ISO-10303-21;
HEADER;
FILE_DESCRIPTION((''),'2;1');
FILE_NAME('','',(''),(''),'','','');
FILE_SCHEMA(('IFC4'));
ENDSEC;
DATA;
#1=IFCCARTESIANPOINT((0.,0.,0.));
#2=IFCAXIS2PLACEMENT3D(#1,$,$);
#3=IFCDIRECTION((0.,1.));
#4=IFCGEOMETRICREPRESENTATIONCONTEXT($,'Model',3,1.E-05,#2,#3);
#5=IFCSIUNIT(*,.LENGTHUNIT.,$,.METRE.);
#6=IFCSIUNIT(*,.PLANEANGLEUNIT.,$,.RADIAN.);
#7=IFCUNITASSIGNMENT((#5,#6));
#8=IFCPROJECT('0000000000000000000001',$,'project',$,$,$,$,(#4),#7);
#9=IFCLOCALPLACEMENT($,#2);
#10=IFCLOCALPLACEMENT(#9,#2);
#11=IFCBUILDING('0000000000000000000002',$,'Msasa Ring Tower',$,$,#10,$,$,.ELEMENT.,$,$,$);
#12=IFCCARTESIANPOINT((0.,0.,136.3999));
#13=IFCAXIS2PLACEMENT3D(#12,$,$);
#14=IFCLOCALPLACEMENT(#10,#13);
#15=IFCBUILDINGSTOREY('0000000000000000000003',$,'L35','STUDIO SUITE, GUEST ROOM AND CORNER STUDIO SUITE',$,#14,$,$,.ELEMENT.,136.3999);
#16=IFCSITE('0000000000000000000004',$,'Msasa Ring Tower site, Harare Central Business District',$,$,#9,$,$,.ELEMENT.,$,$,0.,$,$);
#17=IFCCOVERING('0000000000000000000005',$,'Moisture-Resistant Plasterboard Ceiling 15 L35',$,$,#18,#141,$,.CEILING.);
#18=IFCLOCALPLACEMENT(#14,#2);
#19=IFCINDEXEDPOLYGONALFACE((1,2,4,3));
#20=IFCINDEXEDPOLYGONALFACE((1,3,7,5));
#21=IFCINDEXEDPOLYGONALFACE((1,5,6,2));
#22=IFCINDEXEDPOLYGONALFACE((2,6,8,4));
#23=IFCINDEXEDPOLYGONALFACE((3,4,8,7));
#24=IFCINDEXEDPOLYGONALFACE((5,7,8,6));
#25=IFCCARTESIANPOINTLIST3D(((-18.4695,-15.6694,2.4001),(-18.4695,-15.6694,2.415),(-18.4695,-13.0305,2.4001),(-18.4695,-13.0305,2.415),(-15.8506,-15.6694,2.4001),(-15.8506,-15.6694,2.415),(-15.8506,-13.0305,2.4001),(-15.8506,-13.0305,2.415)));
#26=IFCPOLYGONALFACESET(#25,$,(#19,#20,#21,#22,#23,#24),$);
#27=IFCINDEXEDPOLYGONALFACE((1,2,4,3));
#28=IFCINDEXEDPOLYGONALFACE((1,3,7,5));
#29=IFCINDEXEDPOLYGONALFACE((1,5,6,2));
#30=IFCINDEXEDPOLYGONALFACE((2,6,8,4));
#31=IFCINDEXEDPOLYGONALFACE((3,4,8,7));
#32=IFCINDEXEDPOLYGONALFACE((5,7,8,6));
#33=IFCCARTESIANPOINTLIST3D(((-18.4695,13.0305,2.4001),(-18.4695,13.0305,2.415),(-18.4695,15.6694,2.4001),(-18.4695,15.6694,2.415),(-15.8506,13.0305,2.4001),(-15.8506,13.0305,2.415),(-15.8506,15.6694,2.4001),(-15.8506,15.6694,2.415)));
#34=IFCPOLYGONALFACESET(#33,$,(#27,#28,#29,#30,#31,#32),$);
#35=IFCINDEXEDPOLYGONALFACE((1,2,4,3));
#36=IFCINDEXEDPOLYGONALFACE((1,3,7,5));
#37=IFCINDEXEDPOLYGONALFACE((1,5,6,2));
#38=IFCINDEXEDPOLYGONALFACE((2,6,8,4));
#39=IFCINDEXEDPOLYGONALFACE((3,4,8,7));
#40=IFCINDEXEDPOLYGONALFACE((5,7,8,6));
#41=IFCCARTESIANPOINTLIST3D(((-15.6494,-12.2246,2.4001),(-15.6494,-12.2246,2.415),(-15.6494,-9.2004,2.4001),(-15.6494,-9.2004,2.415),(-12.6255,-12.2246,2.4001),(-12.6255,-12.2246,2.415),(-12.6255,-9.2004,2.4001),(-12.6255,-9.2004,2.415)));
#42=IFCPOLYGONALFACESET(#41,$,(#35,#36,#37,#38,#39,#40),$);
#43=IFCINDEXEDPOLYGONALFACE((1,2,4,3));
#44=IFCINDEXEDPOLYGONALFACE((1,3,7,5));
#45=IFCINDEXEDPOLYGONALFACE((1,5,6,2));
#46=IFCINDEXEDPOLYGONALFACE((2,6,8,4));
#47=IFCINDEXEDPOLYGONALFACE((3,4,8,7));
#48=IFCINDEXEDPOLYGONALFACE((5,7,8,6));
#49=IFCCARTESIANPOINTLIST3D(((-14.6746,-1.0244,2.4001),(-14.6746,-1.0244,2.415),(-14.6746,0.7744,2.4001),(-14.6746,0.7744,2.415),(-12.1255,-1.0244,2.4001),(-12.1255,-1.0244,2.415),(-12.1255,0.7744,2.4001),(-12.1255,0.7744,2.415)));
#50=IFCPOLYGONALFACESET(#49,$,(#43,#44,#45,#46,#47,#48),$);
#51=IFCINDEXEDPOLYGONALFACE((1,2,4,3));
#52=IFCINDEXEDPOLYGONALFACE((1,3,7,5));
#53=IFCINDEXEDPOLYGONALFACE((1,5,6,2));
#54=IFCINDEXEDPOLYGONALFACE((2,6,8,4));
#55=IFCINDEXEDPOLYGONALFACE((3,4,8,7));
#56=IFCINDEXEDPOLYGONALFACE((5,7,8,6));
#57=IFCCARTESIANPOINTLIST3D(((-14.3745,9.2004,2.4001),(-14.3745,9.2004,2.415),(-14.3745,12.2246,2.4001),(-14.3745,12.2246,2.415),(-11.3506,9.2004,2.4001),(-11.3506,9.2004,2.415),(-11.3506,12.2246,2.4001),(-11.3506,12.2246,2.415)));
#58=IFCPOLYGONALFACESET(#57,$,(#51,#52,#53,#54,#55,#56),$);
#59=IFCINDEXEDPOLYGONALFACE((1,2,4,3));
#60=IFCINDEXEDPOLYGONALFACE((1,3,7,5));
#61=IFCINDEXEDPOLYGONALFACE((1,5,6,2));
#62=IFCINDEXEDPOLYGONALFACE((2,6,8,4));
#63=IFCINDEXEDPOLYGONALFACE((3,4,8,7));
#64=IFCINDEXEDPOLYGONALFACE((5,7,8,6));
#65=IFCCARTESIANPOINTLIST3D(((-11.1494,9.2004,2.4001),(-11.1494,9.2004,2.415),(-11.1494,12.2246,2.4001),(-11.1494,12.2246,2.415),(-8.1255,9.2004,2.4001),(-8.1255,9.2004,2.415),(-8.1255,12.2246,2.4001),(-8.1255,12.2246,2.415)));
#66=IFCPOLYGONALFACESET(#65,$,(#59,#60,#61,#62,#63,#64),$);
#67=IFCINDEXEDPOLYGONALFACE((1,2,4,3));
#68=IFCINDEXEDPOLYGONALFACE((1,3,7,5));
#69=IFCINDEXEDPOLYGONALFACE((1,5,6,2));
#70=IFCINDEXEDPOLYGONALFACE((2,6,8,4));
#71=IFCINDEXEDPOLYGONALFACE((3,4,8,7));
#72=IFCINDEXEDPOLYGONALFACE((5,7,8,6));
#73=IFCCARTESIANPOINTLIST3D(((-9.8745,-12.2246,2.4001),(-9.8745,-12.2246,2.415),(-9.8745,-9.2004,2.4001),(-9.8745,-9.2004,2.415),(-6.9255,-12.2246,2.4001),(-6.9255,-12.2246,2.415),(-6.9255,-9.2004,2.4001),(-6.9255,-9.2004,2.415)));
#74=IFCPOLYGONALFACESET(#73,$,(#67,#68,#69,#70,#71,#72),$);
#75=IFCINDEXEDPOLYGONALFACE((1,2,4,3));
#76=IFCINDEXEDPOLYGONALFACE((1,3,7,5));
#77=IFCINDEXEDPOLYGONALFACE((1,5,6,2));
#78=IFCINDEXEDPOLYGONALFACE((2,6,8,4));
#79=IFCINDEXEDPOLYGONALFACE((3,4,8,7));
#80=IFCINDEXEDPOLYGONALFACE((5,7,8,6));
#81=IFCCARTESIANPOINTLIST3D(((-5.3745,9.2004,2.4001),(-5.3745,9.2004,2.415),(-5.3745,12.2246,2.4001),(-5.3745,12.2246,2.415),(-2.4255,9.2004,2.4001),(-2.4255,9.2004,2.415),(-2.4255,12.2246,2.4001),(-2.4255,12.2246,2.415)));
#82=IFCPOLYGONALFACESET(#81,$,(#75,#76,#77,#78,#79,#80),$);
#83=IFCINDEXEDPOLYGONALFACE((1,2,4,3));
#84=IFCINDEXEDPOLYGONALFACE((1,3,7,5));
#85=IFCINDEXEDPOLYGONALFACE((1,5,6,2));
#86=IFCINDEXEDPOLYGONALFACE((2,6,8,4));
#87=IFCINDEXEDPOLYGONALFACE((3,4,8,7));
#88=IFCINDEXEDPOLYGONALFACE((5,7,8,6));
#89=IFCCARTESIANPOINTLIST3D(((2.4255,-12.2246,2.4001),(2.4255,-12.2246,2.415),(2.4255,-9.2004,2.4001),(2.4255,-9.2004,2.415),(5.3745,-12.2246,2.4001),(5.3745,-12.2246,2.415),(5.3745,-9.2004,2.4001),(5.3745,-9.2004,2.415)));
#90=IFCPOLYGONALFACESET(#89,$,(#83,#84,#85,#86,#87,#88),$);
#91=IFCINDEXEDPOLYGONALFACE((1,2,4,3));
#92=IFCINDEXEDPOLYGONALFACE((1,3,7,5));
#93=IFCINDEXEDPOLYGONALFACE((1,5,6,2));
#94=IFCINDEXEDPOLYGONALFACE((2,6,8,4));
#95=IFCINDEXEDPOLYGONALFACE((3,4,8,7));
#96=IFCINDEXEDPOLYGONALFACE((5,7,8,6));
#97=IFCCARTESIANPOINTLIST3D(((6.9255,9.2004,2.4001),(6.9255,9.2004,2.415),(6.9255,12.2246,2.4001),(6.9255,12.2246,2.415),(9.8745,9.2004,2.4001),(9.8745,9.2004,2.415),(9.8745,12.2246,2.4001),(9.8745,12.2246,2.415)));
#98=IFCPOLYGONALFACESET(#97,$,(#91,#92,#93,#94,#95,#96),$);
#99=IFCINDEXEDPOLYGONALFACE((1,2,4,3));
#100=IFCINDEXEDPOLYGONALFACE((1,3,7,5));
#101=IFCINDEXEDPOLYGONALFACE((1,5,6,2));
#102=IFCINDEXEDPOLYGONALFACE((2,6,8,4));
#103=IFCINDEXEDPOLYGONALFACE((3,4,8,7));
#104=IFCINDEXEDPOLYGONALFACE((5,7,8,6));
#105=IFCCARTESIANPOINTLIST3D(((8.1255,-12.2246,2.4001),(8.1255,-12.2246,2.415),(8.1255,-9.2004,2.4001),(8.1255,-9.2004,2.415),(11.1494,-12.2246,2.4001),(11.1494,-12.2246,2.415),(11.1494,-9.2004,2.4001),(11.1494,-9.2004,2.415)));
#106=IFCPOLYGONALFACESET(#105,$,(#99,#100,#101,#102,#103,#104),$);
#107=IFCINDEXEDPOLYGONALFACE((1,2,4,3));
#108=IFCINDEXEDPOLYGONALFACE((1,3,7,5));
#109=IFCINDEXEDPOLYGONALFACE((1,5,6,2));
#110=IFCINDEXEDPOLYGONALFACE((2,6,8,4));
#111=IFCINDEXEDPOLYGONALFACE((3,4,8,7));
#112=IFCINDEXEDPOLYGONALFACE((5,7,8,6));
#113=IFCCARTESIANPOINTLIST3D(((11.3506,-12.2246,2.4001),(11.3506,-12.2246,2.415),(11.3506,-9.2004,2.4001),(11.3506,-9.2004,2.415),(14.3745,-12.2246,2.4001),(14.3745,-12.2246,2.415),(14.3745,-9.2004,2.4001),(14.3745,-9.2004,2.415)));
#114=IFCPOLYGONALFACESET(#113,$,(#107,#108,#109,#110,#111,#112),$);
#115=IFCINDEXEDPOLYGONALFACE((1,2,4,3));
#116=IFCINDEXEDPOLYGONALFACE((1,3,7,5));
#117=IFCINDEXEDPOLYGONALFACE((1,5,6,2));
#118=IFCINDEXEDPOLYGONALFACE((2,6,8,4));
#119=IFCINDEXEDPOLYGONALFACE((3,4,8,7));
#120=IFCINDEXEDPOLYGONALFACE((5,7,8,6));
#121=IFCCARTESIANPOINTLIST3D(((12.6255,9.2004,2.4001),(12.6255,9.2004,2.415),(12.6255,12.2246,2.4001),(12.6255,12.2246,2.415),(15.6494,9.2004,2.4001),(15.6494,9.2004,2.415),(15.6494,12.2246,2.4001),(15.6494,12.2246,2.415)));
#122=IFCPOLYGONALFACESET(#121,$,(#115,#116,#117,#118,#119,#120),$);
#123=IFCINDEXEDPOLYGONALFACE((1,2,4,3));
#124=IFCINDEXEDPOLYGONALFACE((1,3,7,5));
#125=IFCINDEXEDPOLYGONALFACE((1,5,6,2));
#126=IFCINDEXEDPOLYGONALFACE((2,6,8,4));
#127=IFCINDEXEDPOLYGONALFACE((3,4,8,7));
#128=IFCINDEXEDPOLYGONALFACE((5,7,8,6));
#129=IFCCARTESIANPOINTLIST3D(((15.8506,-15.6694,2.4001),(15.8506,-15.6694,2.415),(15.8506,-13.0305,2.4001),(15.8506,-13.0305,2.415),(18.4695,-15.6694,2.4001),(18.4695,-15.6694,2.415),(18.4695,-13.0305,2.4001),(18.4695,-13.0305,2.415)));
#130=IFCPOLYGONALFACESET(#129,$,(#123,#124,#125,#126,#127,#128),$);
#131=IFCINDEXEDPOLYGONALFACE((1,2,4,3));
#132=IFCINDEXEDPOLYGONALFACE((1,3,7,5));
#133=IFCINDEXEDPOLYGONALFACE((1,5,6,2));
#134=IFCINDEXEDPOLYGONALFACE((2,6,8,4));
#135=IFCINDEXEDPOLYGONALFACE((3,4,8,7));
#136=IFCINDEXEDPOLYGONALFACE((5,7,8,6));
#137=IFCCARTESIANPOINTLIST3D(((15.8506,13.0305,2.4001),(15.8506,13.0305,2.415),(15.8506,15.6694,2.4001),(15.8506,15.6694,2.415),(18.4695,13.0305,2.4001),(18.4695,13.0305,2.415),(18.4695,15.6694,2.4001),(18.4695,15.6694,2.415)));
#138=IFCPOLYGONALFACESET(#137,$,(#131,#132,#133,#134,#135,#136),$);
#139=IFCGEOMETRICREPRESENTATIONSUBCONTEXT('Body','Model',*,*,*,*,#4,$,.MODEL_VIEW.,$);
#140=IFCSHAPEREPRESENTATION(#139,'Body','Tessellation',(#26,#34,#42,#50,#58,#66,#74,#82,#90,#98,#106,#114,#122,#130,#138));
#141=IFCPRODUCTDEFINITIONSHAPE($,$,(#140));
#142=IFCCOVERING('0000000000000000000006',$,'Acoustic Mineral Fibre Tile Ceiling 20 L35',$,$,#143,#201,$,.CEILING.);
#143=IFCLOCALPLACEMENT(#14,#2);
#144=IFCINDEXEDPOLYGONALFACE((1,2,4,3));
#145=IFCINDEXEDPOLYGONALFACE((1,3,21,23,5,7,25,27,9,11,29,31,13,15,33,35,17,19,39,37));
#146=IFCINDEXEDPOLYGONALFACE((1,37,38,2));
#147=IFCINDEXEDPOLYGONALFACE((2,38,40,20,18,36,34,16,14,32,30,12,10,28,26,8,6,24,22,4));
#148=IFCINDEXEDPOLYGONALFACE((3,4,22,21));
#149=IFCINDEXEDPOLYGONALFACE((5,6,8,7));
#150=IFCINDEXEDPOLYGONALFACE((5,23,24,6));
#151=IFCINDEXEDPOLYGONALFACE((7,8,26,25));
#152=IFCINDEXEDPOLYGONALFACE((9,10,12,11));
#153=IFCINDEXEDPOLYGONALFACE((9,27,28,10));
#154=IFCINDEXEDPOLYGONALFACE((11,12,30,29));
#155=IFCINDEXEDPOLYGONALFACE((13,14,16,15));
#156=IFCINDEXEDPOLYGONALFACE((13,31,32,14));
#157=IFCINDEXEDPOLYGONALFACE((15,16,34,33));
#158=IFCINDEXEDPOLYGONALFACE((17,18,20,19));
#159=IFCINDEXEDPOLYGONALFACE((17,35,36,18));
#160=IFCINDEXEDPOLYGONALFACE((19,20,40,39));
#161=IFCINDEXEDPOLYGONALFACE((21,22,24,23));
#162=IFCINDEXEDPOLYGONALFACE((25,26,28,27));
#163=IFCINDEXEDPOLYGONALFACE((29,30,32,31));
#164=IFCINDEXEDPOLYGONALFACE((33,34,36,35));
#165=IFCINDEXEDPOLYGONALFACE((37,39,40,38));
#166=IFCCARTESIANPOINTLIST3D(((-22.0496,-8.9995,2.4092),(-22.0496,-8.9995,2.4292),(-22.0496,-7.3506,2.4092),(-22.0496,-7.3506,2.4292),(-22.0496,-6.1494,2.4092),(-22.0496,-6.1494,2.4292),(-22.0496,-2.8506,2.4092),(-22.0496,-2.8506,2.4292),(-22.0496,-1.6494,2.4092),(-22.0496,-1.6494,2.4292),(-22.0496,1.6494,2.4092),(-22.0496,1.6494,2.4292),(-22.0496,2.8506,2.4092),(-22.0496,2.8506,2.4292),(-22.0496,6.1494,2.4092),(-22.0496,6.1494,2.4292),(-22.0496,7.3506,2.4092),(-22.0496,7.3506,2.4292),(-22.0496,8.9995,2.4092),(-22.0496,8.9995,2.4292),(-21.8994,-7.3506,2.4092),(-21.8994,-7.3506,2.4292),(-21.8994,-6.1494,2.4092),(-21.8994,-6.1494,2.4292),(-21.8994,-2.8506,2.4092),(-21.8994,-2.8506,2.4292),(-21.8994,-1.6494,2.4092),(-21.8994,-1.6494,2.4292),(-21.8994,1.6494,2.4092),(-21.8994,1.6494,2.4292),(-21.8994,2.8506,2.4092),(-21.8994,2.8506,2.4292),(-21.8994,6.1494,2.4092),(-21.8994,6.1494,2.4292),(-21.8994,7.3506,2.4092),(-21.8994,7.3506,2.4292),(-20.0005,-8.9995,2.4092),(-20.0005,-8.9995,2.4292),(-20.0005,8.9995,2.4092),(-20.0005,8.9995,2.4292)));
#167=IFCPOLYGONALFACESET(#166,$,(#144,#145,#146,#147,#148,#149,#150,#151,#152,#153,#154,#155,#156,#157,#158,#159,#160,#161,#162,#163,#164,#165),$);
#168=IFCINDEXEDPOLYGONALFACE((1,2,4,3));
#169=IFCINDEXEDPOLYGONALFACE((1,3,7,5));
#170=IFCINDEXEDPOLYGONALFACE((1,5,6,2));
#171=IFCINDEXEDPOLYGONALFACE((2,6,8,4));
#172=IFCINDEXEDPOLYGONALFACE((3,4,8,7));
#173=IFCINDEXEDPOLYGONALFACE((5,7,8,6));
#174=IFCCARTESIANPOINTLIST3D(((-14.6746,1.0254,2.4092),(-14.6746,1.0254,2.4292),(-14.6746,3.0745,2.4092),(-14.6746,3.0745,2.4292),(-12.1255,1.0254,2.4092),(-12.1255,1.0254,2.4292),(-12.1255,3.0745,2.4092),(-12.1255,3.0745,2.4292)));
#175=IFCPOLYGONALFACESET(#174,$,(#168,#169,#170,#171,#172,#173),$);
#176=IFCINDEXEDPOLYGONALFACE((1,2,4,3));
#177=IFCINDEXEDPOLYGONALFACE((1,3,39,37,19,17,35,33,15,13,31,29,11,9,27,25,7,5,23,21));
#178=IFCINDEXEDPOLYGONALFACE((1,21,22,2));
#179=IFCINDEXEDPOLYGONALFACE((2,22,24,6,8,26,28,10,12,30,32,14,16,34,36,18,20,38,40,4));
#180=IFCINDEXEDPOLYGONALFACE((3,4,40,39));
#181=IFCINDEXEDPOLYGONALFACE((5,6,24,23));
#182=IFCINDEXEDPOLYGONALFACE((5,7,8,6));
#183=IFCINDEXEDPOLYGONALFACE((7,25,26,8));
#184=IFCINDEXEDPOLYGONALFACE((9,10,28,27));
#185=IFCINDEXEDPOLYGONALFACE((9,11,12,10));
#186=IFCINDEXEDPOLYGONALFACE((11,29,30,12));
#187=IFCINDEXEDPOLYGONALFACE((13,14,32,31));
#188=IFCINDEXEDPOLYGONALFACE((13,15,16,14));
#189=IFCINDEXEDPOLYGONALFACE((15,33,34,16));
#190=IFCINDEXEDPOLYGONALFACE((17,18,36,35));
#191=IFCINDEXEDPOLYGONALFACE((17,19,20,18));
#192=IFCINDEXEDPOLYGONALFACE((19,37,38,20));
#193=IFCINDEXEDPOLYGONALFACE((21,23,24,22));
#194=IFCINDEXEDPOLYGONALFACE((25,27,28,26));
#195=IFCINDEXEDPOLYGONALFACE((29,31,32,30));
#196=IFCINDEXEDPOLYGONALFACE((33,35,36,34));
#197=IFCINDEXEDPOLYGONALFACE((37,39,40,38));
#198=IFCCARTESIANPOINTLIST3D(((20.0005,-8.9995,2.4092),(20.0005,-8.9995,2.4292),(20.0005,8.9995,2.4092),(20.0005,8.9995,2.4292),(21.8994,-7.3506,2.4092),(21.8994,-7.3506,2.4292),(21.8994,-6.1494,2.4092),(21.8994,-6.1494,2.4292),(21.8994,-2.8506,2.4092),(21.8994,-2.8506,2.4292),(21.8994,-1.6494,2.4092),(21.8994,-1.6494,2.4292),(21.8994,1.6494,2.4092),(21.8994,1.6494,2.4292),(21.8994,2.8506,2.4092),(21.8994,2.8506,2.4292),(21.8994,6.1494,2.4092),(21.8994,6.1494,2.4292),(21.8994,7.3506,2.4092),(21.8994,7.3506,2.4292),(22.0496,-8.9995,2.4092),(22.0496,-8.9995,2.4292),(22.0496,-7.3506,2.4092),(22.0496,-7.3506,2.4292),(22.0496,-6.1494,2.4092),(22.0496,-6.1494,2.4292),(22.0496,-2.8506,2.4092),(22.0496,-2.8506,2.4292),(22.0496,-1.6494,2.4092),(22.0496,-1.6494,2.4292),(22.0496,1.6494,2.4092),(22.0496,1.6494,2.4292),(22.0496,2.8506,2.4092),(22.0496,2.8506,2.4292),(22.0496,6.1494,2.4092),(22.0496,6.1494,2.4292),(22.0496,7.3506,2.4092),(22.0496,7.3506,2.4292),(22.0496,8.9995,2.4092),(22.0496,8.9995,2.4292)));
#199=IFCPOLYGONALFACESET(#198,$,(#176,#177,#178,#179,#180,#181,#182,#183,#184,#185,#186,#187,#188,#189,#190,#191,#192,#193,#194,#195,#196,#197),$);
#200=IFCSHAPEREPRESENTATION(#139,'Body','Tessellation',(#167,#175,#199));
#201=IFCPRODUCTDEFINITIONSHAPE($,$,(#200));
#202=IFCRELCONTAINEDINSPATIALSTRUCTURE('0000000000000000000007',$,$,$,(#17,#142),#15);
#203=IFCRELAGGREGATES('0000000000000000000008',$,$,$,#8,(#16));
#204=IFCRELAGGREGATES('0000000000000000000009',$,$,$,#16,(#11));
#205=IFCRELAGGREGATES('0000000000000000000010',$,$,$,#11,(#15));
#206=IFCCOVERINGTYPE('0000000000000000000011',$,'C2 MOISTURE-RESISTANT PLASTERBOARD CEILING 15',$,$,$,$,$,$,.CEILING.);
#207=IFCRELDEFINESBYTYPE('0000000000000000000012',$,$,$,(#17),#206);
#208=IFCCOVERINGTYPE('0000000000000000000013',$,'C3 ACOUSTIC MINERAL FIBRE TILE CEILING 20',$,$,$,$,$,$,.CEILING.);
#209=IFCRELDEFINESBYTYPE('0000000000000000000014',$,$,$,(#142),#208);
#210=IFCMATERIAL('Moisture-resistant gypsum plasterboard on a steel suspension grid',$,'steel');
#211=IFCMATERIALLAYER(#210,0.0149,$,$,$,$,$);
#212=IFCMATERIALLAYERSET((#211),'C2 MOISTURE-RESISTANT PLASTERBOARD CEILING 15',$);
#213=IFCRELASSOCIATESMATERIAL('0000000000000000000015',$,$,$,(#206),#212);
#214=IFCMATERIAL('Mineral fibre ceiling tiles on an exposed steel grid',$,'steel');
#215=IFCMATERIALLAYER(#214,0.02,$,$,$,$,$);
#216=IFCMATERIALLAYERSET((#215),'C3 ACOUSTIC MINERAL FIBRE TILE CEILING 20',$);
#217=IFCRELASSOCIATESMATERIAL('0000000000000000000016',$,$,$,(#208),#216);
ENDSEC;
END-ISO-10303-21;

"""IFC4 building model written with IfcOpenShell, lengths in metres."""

from ifc_helpers import new_model, si_unit, direction, frame, origin, place, context, subcontext, project, spatial, line, indexed_curve, outline, extrude, material, layer, layer_set, type_object, element, save


model = new_model("IFC4")

# Units and contexts
model_context = context("Model", 3, precision=1e-05, world=origin(), true_north=direction((0.0, 1.0)))
body_context = subcontext(model_context, "Body", "Model", "MODEL_VIEW")
ifc_project = project(units=[si_unit("LENGTHUNIT", "METRE"), si_unit("PLANEANGLEUNIT", "RADIAN")], contexts=[model_context])

# Site, building, storey
site_placement = place(None, origin())
site = spatial("IfcSite", under=ifc_project, at=site_placement, Name="Msasa Ring Tower site, Harare Central Business District", CompositionType="ELEMENT", RefElevation=0.0)
building_placement = place(site_placement, origin())
building = spatial("IfcBuilding", under=site, at=building_placement, Name="Msasa Ring Tower", CompositionType="ELEMENT")
storey_placement = place(building_placement, frame((0.0, 0.0, 136.3999)))
storey = spatial("IfcBuildingStorey", under=building, at=storey_placement, Name="L35", Description="STUDIO SUITE, GUEST ROOM AND CORNER STUDIO SUITE", CompositionType="ELEMENT", Elevation=136.3999)

# Coverings
ifc_material_1 = material(Name="Moisture-resistant gypsum plasterboard on a steel suspension grid", Category="steel")
ifc_layer_1 = layer(ifc_material_1, 0.0149)
ifc_layer_set_1 = layer_set([ifc_layer_1], Name="C2 MOISTURE-RESISTANT PLASTERBOARD CEILING 15")
covering_type_1 = type_object("IfcCoveringType", Name="C2 MOISTURE-RESISTANT PLASTERBOARD CEILING 15", PredefinedType="CEILING", material=ifc_layer_set_1)
covering_1_placement = place(storey_placement, frame((0.0, 0.0, 2.4001)))
element("IfcCovering", 1, at=covering_1_placement, inside=storey, type_object=covering_type_1, Name="Moisture-Resistant Plasterboard Ceiling 15 L35", PredefinedType="CEILING", context=body_context, shape_type="SweptSolid", body=[
    extrude(outline(indexed_curve([(-18.4695, -15.6694), (-18.4695, -13.0305), (-15.8506, -13.0305), (-15.8506, -15.6694)], segments=[line(1, 2, 3, 4, 1)], self_intersect=False)), origin(), (0.0, 0.0, 1.0), 0.0149),
    extrude(outline(indexed_curve([(-18.4695, 15.6694), (-15.8506, 15.6694), (-15.8506, 13.0305), (-18.4695, 13.0305)], segments=[line(1, 2, 3, 4, 1)], self_intersect=False)), origin(), (0.0, 0.0, 1.0), 0.0149),
    extrude(outline(indexed_curve([(-15.6494, -9.2004), (-12.6255, -9.2004), (-12.6255, -12.2246), (-15.6494, -12.2246)], segments=[line(1, 2, 3, 4, 1)], self_intersect=False)), origin(), (0.0, 0.0, 1.0), 0.0149),
    extrude(outline(indexed_curve([(-14.6746, 0.7744), (-12.1255, 0.7744), (-12.1255, -1.0244), (-14.6746, -1.0244)], segments=[line(1, 2, 3, 4, 1)], self_intersect=False)), origin(), (0.0, 0.0, 1.0), 0.0149),
    extrude(outline(indexed_curve([(-11.3506, 9.2004), (-14.3745, 9.2004), (-14.3745, 12.2246), (-11.3506, 12.2246)], segments=[line(1, 2, 3, 4, 1)], self_intersect=False)), origin(), (0.0, 0.0, 1.0), 0.0149),
    extrude(outline(indexed_curve([(-11.1494, 12.2246), (-8.1255, 12.2246), (-8.1255, 9.2004), (-11.1494, 9.2004)], segments=[line(1, 2, 3, 4, 1)], self_intersect=False)), origin(), (0.0, 0.0, 1.0), 0.0149),
    extrude(outline(indexed_curve([(-6.9255, -9.2004), (-6.9255, -12.2246), (-9.8745, -12.2246), (-9.8745, -9.2004)], segments=[line(1, 2, 3, 4, 1)], self_intersect=False)), origin(), (0.0, 0.0, 1.0), 0.0149),
    extrude(outline(indexed_curve([(-5.3745, 9.2004), (-5.3745, 12.2246), (-2.4255, 12.2246), (-2.4255, 9.2004)], segments=[line(1, 2, 3, 4, 1)], self_intersect=False)), origin(), (0.0, 0.0, 1.0), 0.0149),
    extrude(outline(indexed_curve([(5.3745, -9.2004), (5.3745, -12.2246), (2.4255, -12.2246), (2.4255, -9.2004)], segments=[line(1, 2, 3, 4, 1)], self_intersect=False)), origin(), (0.0, 0.0, 1.0), 0.0149),
    extrude(outline(indexed_curve([(6.9255, 9.2004), (6.9255, 12.2246), (9.8745, 12.2246), (9.8745, 9.2004)], segments=[line(1, 2, 3, 4, 1)], self_intersect=False)), origin(), (0.0, 0.0, 1.0), 0.0149),
    extrude(outline(indexed_curve([(11.1494, -9.2004), (11.1494, -12.2246), (8.1255, -12.2246), (8.1255, -9.2004)], segments=[line(1, 2, 3, 4, 1)], self_intersect=False)), origin(), (0.0, 0.0, 1.0), 0.0149),
    extrude(outline(indexed_curve([(11.3506, -9.2004), (14.3745, -9.2004), (14.3745, -12.2246), (11.3506, -12.2246)], segments=[line(1, 2, 3, 4, 1)], self_intersect=False)), origin(), (0.0, 0.0, 1.0), 0.0149),
    extrude(outline(indexed_curve([(15.6494, 9.2004), (12.6255, 9.2004), (12.6255, 12.2246), (15.6494, 12.2246)], segments=[line(1, 2, 3, 4, 1)], self_intersect=False)), origin(), (0.0, 0.0, 1.0), 0.0149),
    extrude(outline(indexed_curve([(15.8506, -13.0305), (18.4695, -13.0305), (18.4695, -15.6694), (15.8506, -15.6694)], segments=[line(1, 2, 3, 4, 1)], self_intersect=False)), origin(), (0.0, 0.0, 1.0), 0.0149),
    extrude(outline(indexed_curve([(15.8506, 15.6694), (18.4695, 15.6694), (18.4695, 13.0305), (15.8506, 13.0305)], segments=[line(1, 2, 3, 4, 1)], self_intersect=False)), origin(), (0.0, 0.0, 1.0), 0.0149),
])
ifc_material_2 = material(Name="Mineral fibre ceiling tiles on an exposed steel grid", Category="steel")
ifc_layer_2 = layer(ifc_material_2, 0.02)
ifc_layer_set_2 = layer_set([ifc_layer_2], Name="C3 ACOUSTIC MINERAL FIBRE TILE CEILING 20")
covering_type_2 = type_object("IfcCoveringType", Name="C3 ACOUSTIC MINERAL FIBRE TILE CEILING 20", PredefinedType="CEILING", material=ifc_layer_set_2)
covering_2_placement = place(storey_placement, frame((0.0, 0.0, 2.4092)))
element("IfcCovering", 2, at=covering_2_placement, inside=storey, type_object=covering_type_2, Name="Acoustic Mineral Fibre Tile Ceiling 20 L35", PredefinedType="CEILING", context=body_context, shape_type="SweptSolid", body=[
    extrude(outline(indexed_curve([(-22.0496, -8.9995), (-22.0496, -7.3506), (-21.8994, -7.3506), (-21.8994, -6.1494), (-22.0496, -6.1494), (-22.0496, -2.8506), (-21.8994, -2.8506), (-21.8994, -1.6494), (-22.0496, -1.6494), (-22.0496, 1.6494), (-21.8994, 1.6494), (-21.8994, 2.8506), (-22.0496, 2.8506), (-22.0496, 6.1494), (-21.8994, 6.1494), (-21.8994, 7.3506), (-22.0496, 7.3506), (-22.0496, 8.9995), (-20.0005, 8.9995), (-20.0005, -8.9995)], segments=[line(1, 2, 3, 4, 5, 6, 7, 8, 9, 10, 11, 12, 13, 14, 15, 16, 17, 18, 19, 20, 1)], self_intersect=False)), origin(), (0.0, 0.0, 1.0), 0.02),
    extrude(outline(indexed_curve([(-12.1255, 1.0254), (-14.6746, 1.0254), (-14.6746, 3.0745), (-12.1255, 3.0745)], segments=[line(1, 2, 3, 4, 1)], self_intersect=False)), origin(), (0.0, 0.0, 1.0), 0.02),
    extrude(outline(indexed_curve([(22.0496, 8.9995), (22.0496, 7.3506), (21.8994, 7.3506), (21.8994, 6.1494), (22.0496, 6.1494), (22.0496, 2.8506), (21.8994, 2.8506), (21.8994, 1.6494), (22.0496, 1.6494), (22.0496, -1.6494), (21.8994, -1.6494), (21.8994, -2.8506), (22.0496, -2.8506), (22.0496, -6.1494), (21.8994, -6.1494), (21.8994, -7.3506), (22.0496, -7.3506), (22.0496, -8.9995), (20.0005, -8.9995), (20.0005, 8.9995)], segments=[line(1, 2, 3, 4, 5, 6, 7, 8, 9, 10, 11, 12, 13, 14, 15, 16, 17, 18, 19, 20, 1)], self_intersect=False)), origin(), (0.0, 0.0, 1.0), 0.02),
])

save(model, "model.ifc")
